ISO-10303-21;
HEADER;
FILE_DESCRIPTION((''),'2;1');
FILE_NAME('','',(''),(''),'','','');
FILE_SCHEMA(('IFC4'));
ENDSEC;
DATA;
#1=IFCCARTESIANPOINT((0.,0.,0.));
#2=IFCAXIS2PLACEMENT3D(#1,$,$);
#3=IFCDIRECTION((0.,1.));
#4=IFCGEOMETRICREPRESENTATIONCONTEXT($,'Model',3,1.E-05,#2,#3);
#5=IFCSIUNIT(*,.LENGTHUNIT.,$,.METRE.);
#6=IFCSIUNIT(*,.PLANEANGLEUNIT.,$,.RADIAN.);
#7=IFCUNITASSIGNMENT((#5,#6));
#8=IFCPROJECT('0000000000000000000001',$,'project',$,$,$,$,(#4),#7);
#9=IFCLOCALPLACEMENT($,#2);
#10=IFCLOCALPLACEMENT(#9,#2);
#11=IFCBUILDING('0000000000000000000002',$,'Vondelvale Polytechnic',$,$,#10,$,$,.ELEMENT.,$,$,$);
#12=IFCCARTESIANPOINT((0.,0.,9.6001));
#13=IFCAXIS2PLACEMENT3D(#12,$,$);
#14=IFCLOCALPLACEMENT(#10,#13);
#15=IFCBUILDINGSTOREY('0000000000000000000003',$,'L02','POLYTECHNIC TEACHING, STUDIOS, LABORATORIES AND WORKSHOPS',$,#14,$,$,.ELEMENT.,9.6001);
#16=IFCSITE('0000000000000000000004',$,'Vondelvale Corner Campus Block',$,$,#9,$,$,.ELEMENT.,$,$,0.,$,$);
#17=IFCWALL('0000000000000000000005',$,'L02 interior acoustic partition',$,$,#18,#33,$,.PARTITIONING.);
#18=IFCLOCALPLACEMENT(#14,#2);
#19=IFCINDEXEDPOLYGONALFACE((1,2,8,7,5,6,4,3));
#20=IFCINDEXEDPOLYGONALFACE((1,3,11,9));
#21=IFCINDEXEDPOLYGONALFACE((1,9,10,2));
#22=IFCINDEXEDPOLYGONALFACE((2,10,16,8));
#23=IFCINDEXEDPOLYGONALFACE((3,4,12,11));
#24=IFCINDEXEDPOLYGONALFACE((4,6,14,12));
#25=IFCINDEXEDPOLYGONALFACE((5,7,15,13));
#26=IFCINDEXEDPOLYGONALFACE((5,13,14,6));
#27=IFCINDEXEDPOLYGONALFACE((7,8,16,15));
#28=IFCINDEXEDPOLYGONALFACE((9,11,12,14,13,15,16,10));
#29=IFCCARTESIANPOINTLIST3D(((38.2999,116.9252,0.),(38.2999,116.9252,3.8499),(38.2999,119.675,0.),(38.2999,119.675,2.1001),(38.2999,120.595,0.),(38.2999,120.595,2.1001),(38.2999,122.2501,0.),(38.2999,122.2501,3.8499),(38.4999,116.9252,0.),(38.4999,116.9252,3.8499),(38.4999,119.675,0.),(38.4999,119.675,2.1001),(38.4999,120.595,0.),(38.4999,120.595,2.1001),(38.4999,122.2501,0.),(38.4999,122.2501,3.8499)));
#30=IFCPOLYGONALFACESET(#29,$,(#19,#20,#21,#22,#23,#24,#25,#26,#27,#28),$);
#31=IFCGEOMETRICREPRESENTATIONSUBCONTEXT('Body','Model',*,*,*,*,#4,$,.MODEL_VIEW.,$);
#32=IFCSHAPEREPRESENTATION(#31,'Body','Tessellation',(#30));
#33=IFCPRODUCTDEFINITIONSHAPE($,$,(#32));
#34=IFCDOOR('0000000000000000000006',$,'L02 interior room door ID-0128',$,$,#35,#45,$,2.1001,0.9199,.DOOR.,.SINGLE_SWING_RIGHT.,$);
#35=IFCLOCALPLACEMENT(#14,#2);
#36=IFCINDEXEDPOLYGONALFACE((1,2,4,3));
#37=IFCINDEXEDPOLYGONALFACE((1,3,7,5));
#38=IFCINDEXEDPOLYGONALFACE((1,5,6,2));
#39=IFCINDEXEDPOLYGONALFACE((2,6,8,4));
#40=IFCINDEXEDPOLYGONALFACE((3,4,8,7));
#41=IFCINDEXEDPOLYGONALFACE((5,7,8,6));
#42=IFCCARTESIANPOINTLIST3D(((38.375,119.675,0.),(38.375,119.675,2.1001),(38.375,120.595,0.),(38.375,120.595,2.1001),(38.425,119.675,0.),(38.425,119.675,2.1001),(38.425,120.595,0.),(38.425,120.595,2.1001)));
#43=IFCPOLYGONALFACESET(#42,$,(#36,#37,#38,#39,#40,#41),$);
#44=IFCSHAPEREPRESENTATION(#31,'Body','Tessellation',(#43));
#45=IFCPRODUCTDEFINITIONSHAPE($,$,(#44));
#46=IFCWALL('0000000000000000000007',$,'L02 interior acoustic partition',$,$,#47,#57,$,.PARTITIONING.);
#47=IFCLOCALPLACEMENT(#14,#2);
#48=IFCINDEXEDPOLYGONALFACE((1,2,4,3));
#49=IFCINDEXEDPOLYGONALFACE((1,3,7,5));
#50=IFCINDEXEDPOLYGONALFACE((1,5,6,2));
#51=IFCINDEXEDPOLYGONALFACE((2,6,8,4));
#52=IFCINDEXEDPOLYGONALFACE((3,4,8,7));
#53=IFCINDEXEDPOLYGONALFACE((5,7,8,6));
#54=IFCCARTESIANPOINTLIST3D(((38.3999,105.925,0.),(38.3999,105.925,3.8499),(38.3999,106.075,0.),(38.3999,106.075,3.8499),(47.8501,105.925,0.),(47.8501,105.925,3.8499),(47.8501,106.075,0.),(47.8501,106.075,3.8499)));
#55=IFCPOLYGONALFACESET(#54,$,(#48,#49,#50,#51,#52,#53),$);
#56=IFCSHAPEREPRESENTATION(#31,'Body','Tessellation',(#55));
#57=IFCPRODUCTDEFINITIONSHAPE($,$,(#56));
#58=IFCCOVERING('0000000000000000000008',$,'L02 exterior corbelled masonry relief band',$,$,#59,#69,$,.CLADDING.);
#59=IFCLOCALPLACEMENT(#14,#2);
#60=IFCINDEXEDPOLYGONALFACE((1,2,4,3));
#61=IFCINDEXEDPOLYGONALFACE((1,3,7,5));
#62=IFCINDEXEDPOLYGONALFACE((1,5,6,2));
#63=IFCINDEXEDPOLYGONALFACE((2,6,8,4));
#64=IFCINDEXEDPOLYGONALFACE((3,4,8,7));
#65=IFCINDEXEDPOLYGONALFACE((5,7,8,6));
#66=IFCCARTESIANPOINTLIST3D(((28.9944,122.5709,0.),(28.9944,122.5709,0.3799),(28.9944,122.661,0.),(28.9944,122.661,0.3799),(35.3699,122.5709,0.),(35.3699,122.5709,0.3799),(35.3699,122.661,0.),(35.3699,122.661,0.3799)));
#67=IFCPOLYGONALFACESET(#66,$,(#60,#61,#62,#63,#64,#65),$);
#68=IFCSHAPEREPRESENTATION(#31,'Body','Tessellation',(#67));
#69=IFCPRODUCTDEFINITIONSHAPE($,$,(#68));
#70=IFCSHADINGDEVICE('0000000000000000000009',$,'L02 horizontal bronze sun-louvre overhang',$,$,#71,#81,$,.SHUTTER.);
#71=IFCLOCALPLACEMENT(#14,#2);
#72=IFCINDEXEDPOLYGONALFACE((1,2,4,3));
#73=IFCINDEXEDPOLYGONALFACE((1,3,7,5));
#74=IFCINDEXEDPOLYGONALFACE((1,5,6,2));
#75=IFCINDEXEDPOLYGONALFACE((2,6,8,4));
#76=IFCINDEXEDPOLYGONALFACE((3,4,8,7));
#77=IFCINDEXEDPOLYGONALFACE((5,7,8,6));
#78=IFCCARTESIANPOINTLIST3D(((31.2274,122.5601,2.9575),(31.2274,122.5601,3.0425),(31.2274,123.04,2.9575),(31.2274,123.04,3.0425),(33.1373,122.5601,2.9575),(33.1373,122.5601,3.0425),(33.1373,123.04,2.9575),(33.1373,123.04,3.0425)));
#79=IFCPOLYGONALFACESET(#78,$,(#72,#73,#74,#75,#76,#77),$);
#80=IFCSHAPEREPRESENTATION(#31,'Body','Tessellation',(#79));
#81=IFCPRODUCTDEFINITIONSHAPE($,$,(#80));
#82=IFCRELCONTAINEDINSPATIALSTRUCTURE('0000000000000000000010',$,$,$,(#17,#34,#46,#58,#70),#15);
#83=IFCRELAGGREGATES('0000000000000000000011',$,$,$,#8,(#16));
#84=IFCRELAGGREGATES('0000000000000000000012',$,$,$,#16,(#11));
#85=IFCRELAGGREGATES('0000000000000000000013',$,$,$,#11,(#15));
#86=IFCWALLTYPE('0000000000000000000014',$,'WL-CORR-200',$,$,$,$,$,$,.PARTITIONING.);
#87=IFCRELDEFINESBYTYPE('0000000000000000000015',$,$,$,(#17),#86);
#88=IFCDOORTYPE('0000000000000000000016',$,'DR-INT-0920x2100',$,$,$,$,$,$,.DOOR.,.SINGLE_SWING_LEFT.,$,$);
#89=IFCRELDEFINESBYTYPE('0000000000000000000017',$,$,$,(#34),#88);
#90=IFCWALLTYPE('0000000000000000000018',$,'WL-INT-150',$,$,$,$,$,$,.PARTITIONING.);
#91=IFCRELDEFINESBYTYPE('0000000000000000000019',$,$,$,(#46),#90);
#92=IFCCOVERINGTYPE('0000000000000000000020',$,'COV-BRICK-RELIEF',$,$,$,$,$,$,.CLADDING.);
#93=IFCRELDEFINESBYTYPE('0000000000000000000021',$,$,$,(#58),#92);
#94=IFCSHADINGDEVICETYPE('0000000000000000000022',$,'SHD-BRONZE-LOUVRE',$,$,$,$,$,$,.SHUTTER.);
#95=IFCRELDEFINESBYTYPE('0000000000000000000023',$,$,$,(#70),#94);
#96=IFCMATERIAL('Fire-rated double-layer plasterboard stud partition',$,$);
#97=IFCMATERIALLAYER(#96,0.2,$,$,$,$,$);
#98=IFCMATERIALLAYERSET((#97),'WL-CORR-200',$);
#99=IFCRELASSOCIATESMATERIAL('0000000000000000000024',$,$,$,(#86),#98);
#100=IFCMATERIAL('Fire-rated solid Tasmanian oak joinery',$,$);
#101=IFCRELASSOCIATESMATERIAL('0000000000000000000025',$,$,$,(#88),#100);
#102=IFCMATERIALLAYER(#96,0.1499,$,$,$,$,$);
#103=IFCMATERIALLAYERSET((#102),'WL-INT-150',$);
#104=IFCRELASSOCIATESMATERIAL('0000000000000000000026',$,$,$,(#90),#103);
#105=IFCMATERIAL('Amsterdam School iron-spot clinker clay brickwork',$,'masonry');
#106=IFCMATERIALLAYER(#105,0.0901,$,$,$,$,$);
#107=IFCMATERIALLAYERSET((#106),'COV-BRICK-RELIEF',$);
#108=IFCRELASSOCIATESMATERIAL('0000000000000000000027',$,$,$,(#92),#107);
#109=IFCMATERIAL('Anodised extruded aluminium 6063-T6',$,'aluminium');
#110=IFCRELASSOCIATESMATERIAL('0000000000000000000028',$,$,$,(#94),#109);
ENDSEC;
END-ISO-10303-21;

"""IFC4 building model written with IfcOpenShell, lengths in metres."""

from ifc_helpers import new_model, si_unit, direction, frame, frame_2d, origin, origin_2d, place, context, subcontext, project, spatial, rectangle, extrude, material, layer, layer_set, type_object, element, fill, save


model = new_model("IFC4")

# Units and contexts
model_context = context("Model", 3, precision=1e-05, world=origin(), true_north=direction((0.0, 1.0)))
body_context = subcontext(model_context, "Body", "Model", "MODEL_VIEW")
ifc_project = project(units=[si_unit("LENGTHUNIT", "METRE"), si_unit("PLANEANGLEUNIT", "RADIAN")], contexts=[model_context])

# Site, building, storey
site_placement = place(None, origin())
site = spatial("IfcSite", under=ifc_project, at=site_placement, Name="Vondelvale Corner Campus Block", CompositionType="ELEMENT", RefElevation=0.0)
building_placement = place(site_placement, origin())
building = spatial("IfcBuilding", under=site, at=building_placement, Name="Vondelvale Polytechnic", CompositionType="ELEMENT")
storey_placement = place(building_placement, frame((0.0, 0.0, 9.6001)))
storey = spatial("IfcBuildingStorey", under=building, at=storey_placement, Name="L02", Description="POLYTECHNIC TEACHING, STUDIOS, LABORATORIES AND WORKSHOPS", CompositionType="ELEMENT", Elevation=9.6001)

# Shared definitions
ifc_material_1 = material(Name="Amsterdam School iron-spot clinker clay brickwork", Category="masonry")

# Shared definitions
ifc_material_2 = material(Name="Fire-rated double-layer plasterboard stud partition")
ifc_layer_1 = layer(ifc_material_2, 0.2)
ifc_layer_set_1 = layer_set([ifc_layer_1], Name="WL-CORR-200")
wall_type_1 = type_object("IfcWallType", Name="WL-CORR-200", PredefinedType="PARTITIONING", material=ifc_layer_set_1)

# Wall, opening, door
wall_1_placement = place(storey_placement, frame((38.3999, 116.925, 0.0), z_axis=(0.0, 0.0, 1.0), x_axis=(0.0, 1.0, 0.0)))
wall_1 = element("IfcWall", 1, at=wall_1_placement, inside=storey, type_object=wall_type_1, Name="L02 interior acoustic partition", PredefinedType="PARTITIONING", context=body_context, shape_type="SweptSolid", body=[
    extrude(rectangle(XDim=5.325, YDim=0.2, at=frame_2d((2.6626, 0.0))), origin(), (0.0, 0.0, 1.0), 3.8499),
])
opening_1_placement = place(wall_1_placement, frame((2.75, 0.0, 0.0)))
opening_1 = element("IfcOpeningElement", 2, at=opening_1_placement, cuts=wall_1, PredefinedType="OPENING", context=body_context, shape_type="SweptSolid", body=[
    extrude(rectangle(XDim=0.9199, YDim=2.1001, at=frame_2d((0.46, 1.05))), frame((0.0, 0.1099, 0.0), z_axis=(0.0, -1.0, 0.0), x_axis=(1.0, 0.0, 0.0)), (0.0, 0.0, 1.0), 0.22),
])
ifc_material_3 = material(Name="Fire-rated solid Tasmanian oak joinery")
door_type_1 = type_object("IfcDoorType", Name="DR-INT-0920x2100", OperationType="SINGLE_SWING_LEFT", PredefinedType="DOOR", material=ifc_material_3)
door_1_placement = place(opening_1_placement, origin())
door_1 = element("IfcDoor", 3, at=door_1_placement, inside=storey, type_object=door_type_1, Name="L02 interior room door ID-0128", OperationType="SINGLE_SWING_RIGHT", OverallHeight=2.1001, OverallWidth=0.9199, PredefinedType="DOOR", context=body_context, shape_type="SweptSolid", body=[
    extrude(rectangle(XDim=0.9199, YDim=2.1001, at=frame_2d((0.46, 1.05))), frame((0.0, 0.0249, 0.0), z_axis=(0.0, -1.0, 0.0), x_axis=(1.0, 0.0, 0.0)), (0.0, 0.0, 1.0), 0.05),
])
fill(opening_1, door_1)

# Wall
ifc_layer_2 = layer(ifc_material_2, 0.1499)
ifc_layer_set_2 = layer_set([ifc_layer_2], Name="WL-INT-150")
wall_type_2 = type_object("IfcWallType", Name="WL-INT-150", PredefinedType="PARTITIONING", material=ifc_layer_set_2)
wall_2_placement = place(storey_placement, frame((38.3999, 106.0, 0.0), z_axis=(0.0, 0.0, 1.0), x_axis=(1.0, 0.0, 0.0)))
element("IfcWall", 4, at=wall_2_placement, inside=storey, type_object=wall_type_2, Name="L02 interior acoustic partition", PredefinedType="PARTITIONING", context=body_context, shape_type="SweptSolid", body=[
    extrude(rectangle(XDim=9.4502, YDim=0.1499, at=frame_2d((4.7251, 0.0))), origin(), (0.0, 0.0, 1.0), 3.8499),
])

# Covering
ifc_layer_3 = layer(ifc_material_1, 0.0901)
ifc_layer_set_3 = layer_set([ifc_layer_3], Name="COV-BRICK-RELIEF")
covering_type = type_object("IfcCoveringType", Name="COV-BRICK-RELIEF", PredefinedType="CLADDING", material=ifc_layer_set_3)
covering_placement = place(storey_placement, frame((32.1821, 122.616, 0.0), z_axis=(0.0, 0.0, 1.0), x_axis=(1.0, 0.0, 0.0)))
element("IfcCovering", 5, at=covering_placement, inside=storey, type_object=covering_type, Name="L02 exterior corbelled masonry relief band", PredefinedType="CLADDING", context=body_context, shape_type="SweptSolid", body=[
    extrude(rectangle(XDim=6.3755, YDim=0.0901, at=origin_2d()), origin(), (0.0, 0.0, 1.0), 0.3799),
])

# Shading device
ifc_material_4 = material(Name="Anodised extruded aluminium 6063-T6", Category="aluminium")
shading_device_type = type_object("IfcShadingDeviceType", Name="SHD-BRONZE-LOUVRE", PredefinedType="SHUTTER", material=ifc_material_4)
shading_device_placement = place(storey_placement, frame((32.1824, 122.8, 2.9575), z_axis=(0.0, 0.0, 1.0), x_axis=(1.0, 0.0, 0.0)))
element("IfcShadingDevice", 6, at=shading_device_placement, inside=storey, type_object=shading_device_type, Name="L02 horizontal bronze sun-louvre overhang", PredefinedType="SHUTTER", context=body_context, shape_type="SweptSolid", body=[
    extrude(rectangle(XDim=1.9099, YDim=0.48, at=origin_2d()), origin(), (0.0, 0.0, 1.0), 0.085),
])

save(model, "model.ifc")
